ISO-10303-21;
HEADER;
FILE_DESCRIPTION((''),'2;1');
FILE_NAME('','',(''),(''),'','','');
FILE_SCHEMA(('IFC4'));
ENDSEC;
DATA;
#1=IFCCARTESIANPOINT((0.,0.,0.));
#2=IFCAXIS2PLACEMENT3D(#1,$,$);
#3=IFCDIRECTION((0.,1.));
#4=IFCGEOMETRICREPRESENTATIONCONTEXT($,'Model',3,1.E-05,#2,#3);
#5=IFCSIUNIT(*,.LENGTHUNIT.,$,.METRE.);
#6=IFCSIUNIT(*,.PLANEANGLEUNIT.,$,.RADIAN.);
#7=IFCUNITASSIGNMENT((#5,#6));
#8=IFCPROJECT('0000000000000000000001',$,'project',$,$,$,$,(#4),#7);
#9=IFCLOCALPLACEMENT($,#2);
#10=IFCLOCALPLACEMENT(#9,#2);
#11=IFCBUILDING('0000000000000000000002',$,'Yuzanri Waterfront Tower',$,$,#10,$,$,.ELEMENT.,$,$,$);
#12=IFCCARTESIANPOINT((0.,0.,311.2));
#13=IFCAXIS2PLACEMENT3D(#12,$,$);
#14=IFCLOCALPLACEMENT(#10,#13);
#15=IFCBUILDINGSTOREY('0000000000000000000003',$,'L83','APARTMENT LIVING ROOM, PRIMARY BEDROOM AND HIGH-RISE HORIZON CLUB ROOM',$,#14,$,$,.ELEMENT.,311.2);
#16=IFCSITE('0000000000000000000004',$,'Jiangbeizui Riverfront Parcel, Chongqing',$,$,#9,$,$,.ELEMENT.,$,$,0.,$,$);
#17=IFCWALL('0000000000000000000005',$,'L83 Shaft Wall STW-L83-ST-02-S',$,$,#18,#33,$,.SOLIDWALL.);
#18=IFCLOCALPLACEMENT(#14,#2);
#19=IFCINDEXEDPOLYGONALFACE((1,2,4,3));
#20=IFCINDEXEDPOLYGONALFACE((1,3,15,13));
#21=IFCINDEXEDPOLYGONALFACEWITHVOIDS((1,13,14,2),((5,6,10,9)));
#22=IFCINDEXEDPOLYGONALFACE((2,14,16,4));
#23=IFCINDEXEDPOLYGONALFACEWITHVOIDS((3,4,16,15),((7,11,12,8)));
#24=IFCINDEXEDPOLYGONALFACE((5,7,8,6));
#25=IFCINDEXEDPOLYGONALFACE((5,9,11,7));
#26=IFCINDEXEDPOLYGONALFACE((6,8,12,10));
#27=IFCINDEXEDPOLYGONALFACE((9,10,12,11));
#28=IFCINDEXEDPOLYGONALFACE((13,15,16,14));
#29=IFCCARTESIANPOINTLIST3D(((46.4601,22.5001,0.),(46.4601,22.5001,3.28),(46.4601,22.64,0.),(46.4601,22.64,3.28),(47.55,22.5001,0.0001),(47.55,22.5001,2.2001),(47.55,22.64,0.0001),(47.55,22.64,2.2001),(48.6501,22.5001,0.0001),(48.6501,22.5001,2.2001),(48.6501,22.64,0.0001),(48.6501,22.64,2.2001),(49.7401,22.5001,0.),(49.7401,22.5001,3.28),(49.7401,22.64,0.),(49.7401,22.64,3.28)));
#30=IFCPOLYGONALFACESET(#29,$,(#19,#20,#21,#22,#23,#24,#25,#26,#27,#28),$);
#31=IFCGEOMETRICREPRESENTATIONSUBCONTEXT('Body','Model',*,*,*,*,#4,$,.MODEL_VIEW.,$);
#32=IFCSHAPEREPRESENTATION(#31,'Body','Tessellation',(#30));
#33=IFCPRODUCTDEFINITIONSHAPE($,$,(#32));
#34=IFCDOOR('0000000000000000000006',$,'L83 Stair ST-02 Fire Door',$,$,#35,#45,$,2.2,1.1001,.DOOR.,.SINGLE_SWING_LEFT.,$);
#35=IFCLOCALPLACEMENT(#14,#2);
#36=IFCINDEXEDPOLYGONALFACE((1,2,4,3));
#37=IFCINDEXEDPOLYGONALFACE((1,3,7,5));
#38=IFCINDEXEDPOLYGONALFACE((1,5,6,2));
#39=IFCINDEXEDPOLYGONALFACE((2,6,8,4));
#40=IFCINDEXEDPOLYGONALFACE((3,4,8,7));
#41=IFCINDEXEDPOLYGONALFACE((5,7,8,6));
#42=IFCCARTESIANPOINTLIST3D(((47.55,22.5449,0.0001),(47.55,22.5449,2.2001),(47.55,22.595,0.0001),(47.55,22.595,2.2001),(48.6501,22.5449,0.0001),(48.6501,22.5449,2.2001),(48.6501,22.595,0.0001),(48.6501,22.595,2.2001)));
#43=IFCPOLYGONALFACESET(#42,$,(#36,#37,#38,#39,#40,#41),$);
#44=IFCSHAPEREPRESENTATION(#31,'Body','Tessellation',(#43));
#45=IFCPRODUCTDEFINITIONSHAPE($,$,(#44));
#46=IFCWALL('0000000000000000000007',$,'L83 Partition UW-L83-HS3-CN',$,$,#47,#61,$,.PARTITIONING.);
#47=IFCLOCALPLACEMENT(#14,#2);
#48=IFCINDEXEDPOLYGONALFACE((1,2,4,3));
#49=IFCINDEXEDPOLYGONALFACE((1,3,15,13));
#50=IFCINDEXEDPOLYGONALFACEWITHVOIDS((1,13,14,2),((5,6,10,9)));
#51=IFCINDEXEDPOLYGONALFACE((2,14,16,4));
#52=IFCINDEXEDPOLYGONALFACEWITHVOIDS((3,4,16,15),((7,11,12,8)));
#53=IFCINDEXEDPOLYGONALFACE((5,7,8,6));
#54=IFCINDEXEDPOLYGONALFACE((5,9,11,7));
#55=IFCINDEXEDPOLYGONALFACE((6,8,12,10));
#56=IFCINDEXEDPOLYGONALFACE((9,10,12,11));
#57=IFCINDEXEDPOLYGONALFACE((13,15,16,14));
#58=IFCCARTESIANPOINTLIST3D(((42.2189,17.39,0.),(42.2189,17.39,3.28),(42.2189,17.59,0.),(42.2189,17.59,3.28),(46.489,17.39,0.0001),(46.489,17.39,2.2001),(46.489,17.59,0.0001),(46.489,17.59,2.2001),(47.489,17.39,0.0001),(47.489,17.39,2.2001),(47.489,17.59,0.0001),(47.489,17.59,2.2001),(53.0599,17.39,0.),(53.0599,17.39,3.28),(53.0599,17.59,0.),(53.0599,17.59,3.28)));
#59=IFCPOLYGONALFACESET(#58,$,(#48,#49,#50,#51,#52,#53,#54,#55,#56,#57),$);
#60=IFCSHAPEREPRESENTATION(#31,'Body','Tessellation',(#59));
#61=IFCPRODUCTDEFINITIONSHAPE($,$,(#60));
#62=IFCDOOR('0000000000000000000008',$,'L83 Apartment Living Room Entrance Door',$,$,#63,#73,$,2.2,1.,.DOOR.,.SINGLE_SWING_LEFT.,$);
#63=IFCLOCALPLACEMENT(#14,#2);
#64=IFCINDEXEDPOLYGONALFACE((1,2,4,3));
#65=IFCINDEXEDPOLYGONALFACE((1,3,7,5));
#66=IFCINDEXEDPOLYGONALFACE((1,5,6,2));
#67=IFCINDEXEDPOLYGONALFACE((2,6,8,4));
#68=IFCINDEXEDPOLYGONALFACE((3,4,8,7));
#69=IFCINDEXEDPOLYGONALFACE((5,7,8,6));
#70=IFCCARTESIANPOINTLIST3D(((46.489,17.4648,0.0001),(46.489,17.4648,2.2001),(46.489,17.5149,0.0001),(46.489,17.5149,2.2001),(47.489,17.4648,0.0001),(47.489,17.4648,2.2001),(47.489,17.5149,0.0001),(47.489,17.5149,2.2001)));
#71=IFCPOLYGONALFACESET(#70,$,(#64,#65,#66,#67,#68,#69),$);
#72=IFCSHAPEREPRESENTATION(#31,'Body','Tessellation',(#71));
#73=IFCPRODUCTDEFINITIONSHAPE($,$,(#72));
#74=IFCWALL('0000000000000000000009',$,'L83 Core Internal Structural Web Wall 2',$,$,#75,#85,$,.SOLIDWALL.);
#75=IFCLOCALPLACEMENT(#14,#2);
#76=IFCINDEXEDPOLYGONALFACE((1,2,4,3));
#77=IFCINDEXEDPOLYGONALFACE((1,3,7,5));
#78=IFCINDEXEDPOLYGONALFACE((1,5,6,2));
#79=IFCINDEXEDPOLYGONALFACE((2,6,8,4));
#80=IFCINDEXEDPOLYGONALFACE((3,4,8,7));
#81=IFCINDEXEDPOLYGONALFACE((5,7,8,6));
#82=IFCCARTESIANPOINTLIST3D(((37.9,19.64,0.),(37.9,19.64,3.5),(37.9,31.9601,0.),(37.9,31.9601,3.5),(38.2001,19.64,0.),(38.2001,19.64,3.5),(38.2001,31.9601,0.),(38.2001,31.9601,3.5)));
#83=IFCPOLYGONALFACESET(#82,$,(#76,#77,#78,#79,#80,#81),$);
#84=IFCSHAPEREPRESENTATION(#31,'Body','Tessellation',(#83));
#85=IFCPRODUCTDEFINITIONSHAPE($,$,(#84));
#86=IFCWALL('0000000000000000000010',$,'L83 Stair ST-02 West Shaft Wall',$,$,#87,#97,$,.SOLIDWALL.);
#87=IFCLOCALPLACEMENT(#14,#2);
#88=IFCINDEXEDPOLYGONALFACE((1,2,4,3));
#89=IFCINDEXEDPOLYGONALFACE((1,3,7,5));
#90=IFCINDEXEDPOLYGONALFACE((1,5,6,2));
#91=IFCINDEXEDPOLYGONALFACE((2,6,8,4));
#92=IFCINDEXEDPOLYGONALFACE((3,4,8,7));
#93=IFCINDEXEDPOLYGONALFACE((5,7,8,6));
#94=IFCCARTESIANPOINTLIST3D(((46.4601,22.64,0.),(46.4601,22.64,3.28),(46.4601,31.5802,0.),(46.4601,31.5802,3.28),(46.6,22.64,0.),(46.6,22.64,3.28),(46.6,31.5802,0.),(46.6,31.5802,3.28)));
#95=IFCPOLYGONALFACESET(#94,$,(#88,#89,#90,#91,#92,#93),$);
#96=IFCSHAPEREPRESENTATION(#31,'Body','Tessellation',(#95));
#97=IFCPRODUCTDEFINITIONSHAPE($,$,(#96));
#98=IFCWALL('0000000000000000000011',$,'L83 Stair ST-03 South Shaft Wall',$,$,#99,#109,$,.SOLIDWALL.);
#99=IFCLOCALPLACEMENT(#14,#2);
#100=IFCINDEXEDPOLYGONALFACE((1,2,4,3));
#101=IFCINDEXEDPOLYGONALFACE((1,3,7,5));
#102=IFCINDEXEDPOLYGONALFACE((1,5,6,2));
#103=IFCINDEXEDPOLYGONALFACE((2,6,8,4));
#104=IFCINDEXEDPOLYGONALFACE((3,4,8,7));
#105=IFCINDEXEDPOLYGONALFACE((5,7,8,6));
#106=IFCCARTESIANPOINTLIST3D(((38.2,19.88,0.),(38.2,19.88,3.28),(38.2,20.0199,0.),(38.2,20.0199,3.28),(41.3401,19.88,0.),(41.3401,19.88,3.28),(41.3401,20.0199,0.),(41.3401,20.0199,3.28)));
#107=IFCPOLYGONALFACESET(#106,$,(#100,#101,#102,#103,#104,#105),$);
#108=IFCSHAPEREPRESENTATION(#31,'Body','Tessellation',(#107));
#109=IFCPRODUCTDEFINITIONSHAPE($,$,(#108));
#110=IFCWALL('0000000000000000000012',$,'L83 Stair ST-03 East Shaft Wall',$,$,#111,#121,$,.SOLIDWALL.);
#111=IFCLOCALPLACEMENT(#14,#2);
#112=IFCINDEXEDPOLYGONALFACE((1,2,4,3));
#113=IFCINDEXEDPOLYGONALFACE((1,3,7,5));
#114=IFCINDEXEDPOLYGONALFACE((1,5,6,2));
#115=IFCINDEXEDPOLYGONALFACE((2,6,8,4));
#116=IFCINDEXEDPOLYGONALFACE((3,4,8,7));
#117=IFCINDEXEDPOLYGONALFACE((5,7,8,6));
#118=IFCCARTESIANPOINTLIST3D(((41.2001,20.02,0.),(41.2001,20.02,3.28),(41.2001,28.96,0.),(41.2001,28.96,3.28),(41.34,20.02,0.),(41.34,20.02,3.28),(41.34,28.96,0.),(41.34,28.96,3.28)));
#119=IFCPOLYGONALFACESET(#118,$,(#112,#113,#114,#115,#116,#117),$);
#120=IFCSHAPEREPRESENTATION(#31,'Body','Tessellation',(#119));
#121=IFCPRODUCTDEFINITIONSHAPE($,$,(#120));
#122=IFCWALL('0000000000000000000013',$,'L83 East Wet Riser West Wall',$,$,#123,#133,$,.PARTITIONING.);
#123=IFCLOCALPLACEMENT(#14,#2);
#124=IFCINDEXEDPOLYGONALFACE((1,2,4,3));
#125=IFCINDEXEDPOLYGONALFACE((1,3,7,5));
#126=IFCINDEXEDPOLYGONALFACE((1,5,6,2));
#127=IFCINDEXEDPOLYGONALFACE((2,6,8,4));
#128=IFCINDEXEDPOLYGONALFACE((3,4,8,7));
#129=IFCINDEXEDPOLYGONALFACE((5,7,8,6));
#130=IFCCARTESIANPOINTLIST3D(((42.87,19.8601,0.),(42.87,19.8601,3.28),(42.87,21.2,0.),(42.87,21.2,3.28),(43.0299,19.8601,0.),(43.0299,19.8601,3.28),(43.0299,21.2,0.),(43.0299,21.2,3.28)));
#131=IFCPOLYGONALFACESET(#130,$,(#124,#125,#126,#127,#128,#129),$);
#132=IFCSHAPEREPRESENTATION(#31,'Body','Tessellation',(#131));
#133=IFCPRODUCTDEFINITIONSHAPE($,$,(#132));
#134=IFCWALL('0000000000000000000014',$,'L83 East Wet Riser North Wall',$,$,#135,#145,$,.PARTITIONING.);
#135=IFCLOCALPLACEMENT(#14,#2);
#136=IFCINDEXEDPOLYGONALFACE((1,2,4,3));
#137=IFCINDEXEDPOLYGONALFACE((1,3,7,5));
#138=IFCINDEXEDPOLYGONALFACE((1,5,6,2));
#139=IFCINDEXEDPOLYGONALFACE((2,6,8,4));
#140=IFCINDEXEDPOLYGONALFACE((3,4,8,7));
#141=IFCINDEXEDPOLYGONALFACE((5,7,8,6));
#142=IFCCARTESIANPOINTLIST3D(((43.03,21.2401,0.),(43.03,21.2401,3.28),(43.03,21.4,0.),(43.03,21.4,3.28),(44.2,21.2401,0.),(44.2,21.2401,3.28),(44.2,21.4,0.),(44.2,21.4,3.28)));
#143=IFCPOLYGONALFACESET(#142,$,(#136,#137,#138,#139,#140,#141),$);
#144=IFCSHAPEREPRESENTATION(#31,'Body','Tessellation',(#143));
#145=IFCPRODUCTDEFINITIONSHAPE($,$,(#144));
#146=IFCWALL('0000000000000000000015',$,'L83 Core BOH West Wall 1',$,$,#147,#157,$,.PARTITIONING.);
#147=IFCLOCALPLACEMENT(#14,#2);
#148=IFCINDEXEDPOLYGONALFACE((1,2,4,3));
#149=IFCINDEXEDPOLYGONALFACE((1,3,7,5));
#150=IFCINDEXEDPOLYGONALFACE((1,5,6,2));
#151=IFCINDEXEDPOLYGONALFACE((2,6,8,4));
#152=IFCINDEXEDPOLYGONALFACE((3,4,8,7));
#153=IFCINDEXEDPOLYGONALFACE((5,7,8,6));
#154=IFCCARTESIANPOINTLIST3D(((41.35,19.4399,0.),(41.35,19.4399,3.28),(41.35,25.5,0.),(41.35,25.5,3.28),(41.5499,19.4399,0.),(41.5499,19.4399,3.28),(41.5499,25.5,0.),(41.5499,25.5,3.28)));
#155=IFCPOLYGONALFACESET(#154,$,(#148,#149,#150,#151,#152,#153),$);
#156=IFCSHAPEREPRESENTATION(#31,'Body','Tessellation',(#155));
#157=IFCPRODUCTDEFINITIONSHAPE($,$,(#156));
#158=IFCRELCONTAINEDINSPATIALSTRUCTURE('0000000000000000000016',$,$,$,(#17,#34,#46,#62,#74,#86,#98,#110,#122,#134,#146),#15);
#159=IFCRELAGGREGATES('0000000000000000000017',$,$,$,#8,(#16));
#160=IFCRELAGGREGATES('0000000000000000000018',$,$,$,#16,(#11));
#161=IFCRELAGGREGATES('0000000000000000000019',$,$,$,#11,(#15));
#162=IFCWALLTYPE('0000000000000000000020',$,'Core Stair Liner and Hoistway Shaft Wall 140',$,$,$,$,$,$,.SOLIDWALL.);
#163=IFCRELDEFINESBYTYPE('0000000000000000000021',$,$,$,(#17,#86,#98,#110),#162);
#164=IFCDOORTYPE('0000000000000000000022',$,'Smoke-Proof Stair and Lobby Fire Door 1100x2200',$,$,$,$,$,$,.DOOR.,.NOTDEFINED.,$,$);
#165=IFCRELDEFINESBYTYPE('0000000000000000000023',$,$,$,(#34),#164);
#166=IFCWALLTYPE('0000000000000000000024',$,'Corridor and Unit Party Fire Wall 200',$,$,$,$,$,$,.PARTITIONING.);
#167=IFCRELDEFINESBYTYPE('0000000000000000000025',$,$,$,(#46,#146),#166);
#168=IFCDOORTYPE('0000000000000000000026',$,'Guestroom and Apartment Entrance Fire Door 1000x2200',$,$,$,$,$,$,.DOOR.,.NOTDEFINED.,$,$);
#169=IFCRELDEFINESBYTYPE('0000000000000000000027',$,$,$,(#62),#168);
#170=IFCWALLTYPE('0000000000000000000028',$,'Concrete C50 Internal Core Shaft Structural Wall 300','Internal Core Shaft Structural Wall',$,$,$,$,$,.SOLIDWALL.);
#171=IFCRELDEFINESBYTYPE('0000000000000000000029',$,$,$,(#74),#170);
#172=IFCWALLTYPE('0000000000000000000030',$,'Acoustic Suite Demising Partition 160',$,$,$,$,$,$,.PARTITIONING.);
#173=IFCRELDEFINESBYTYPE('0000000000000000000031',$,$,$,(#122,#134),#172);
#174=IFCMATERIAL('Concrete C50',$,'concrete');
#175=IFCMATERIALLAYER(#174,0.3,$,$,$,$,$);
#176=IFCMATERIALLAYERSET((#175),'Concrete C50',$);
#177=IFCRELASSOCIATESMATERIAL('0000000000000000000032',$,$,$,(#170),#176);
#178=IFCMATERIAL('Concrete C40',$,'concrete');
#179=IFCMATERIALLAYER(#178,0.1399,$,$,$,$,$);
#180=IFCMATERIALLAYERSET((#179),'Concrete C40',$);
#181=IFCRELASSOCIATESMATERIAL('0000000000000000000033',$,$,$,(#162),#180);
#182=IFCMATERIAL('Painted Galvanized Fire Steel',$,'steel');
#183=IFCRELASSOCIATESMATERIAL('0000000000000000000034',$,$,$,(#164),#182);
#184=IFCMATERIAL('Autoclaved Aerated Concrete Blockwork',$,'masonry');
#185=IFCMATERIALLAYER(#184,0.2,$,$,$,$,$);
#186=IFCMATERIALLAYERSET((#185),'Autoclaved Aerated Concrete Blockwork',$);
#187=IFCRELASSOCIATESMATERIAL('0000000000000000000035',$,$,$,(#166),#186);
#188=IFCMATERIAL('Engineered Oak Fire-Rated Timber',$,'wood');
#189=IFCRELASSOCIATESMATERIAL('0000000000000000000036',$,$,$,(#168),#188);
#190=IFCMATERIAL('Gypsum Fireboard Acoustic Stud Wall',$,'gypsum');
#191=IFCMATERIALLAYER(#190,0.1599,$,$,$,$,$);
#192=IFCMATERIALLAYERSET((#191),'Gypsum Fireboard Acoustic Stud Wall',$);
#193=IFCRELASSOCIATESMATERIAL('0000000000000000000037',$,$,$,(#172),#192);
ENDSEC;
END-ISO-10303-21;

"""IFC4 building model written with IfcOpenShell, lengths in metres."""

from ifc_helpers import new_model, si_unit, direction, frame, frame_2d, origin, place, context, subcontext, project, spatial, rectangle, extrude, source, transform, mapped, material, layer, layer_set, type_object, element, fill, save


model = new_model("IFC4")

# Units and contexts
model_context = context("Model", 3, precision=1e-05, world=origin(), true_north=direction((0.0, 1.0)))
body_context = subcontext(model_context, "Body", "Model", "MODEL_VIEW")
ifc_project = project(units=[si_unit("LENGTHUNIT", "METRE"), si_unit("PLANEANGLEUNIT", "RADIAN")], contexts=[model_context])

# Site, building, storey
site_placement = place(None, origin())
site = spatial("IfcSite", under=ifc_project, at=site_placement, Name="Jiangbeizui Riverfront Parcel, Chongqing", CompositionType="ELEMENT", RefElevation=0.0)
building_placement = place(site_placement, origin())
building = spatial("IfcBuilding", under=site, at=building_placement, Name="Yuzanri Waterfront Tower", CompositionType="ELEMENT")
storey_placement = place(building_placement, frame((0.0, 0.0, 311.2)))
storey = spatial("IfcBuildingStorey", under=building, at=storey_placement, Name="L83", Description="APARTMENT LIVING ROOM, PRIMARY BEDROOM AND HIGH-RISE HORIZON CLUB ROOM", CompositionType="ELEMENT", Elevation=311.2)

# Shared definitions
ifc_material_1 = material(Name="Concrete C50", Category="concrete")
ifc_layer_1 = layer(ifc_material_1, 0.3)
ifc_layer_set_1 = layer_set([ifc_layer_1], Name="Concrete C50")
wall_type_1 = type_object("IfcWallType", Name="Concrete C50 Internal Core Shaft Structural Wall 300", Description="Internal Core Shaft Structural Wall", PredefinedType="SOLIDWALL", material=ifc_layer_set_1)

# Walls, openings, doors
ifc_material_2 = material(Name="Concrete C40", Category="concrete")
ifc_layer_2 = layer(ifc_material_2, 0.1399)
ifc_layer_set_2 = layer_set([ifc_layer_2], Name="Concrete C40")
wall_type_2 = type_object("IfcWallType", Name="Core Stair Liner and Hoistway Shaft Wall 140", PredefinedType="SOLIDWALL", material=ifc_layer_set_2)
wall_1_placement = place(storey_placement, frame((46.46, 22.5701, 0.0), z_axis=(0.0, 0.0, 1.0), x_axis=(1.0, 0.0, 0.0)))
wall_1 = element("IfcWall", 1, at=wall_1_placement, inside=storey, type_object=wall_type_2, Name="L83 Shaft Wall STW-L83-ST-02-S", PredefinedType="SOLIDWALL", context=body_context, shape_type="SweptSolid", body=[
    extrude(rectangle(XDim=3.28, YDim=0.1399, at=frame_2d((1.6401, 0.0))), origin(), (0.0, 0.0, 1.0), 3.28),
])
opening_1_placement = place(wall_1_placement, frame((1.0901, 0.0, 0.0)))
opening_1 = element("IfcOpeningElement", 2, at=opening_1_placement, cuts=wall_1, PredefinedType="OPENING", context=body_context, shape_type="SweptSolid", body=[
    extrude(rectangle(XDim=1.1001, YDim=2.2, at=frame_2d((0.55, 1.1001))), frame((0.0, 0.085, 0.0), z_axis=(0.0, -1.0, 0.0), x_axis=(1.0, 0.0, 0.0)), (0.0, 0.0, 1.0), 0.1697),
])
ifc_material_3 = material(Name="Painted Galvanized Fire Steel", Category="steel")
door_type_1 = type_object("IfcDoorType", Name="Smoke-Proof Stair and Lobby Fire Door 1100x2200", OperationType="NOTDEFINED", PredefinedType="DOOR", material=ifc_material_3)
shared_shape_1 = source(origin(), body_context, "Body", "SweptSolid", [
    extrude(rectangle(XDim=1.1001, YDim=2.2, at=frame_2d((0.55, 1.1001))), frame((0.0, 0.0249, 0.0), z_axis=(0.0, -1.0, 0.0), x_axis=(1.0, 0.0, 0.0)), (0.0, 0.0, 1.0), 0.05),
])
door_1_placement = place(opening_1_placement, origin())
door_1 = element("IfcDoor", 3, at=door_1_placement, inside=storey, type_object=door_type_1, Name="L83 Stair ST-02 Fire Door", OperationType="SINGLE_SWING_LEFT", OverallHeight=2.2, OverallWidth=1.1001, PredefinedType="DOOR", context=body_context, shape_type="MappedRepresentation", body=[
    mapped(shared_shape_1, transform((0.0, 0.0, 0.0), scale=1.0)),
])
fill(opening_1, door_1)
ifc_material_4 = material(Name="Autoclaved Aerated Concrete Blockwork", Category="masonry")
ifc_layer_3 = layer(ifc_material_4, 0.2)
ifc_layer_set_3 = layer_set([ifc_layer_3], Name="Autoclaved Aerated Concrete Blockwork")
wall_type_3 = type_object("IfcWallType", Name="Corridor and Unit Party Fire Wall 200", PredefinedType="PARTITIONING", material=ifc_layer_set_3)
wall_2_placement = place(storey_placement, frame((42.219, 17.49, 0.0), z_axis=(0.0, 0.0, 1.0), x_axis=(1.0, 0.0, 0.0)))
wall_2 = element("IfcWall", 4, at=wall_2_placement, inside=storey, type_object=wall_type_3, Name="L83 Partition UW-L83-HS3-CN", PredefinedType="PARTITIONING", context=body_context, shape_type="SweptSolid", body=[
    extrude(rectangle(XDim=10.8411, YDim=0.2, at=frame_2d((5.4204, 0.0))), origin(), (0.0, 0.0, 1.0), 3.28),
])
opening_2_placement = place(wall_2_placement, frame((4.27, 0.0, 0.0)))
opening_2 = element("IfcOpeningElement", 5, at=opening_2_placement, cuts=wall_2, PredefinedType="OPENING", context=body_context, shape_type="SweptSolid", body=[
    extrude(rectangle(XDim=1.0, YDim=2.2, at=frame_2d((0.5, 1.1001))), frame((0.0, 0.1147, 0.0), z_axis=(0.0, -1.0, 0.0), x_axis=(1.0, 0.0, 0.0)), (0.0, 0.0, 1.0), 0.2297),
])
ifc_material_5 = material(Name="Engineered Oak Fire-Rated Timber", Category="wood")
door_type_2 = type_object("IfcDoorType", Name="Guestroom and Apartment Entrance Fire Door 1000x2200", OperationType="NOTDEFINED", PredefinedType="DOOR", material=ifc_material_5)
shared_shape_2 = source(origin(), body_context, "Body", "SweptSolid", [
    extrude(rectangle(XDim=1.0, YDim=2.2, at=frame_2d((0.5, 1.1001))), frame((0.0, 0.0249, 0.0), z_axis=(0.0, -1.0, 0.0), x_axis=(1.0, 0.0, 0.0)), (0.0, 0.0, 1.0), 0.05),
])
door_2_placement = place(opening_2_placement, origin())
door_2 = element("IfcDoor", 6, at=door_2_placement, inside=storey, type_object=door_type_2, Name="L83 Apartment Living Room Entrance Door", OperationType="SINGLE_SWING_LEFT", OverallHeight=2.2, OverallWidth=1.0, PredefinedType="DOOR", context=body_context, shape_type="MappedRepresentation", body=[
    mapped(shared_shape_2, transform((0.0, 0.0, 0.0), scale=1.0)),
])
fill(opening_2, door_2)

# Walls
shared_shape_3 = source(origin(), body_context, "Body", "SweptSolid", [
    extrude(rectangle(XDim=12.3201, YDim=0.3, at=frame_2d((6.1602, 0.0))), origin(), (0.0, 0.0, 1.0), 3.5),
])
wall_3_placement = place(storey_placement, frame((38.05, 19.6399, 0.0), z_axis=(0.0, 0.0, 1.0), x_axis=(0.0, 1.0, 0.0)))
element("IfcWall", 7, at=wall_3_placement, inside=storey, type_object=wall_type_1, Name="L83 Core Internal Structural Web Wall 2", PredefinedType="SOLIDWALL", context=body_context, shape_type="MappedRepresentation", body=[
    mapped(shared_shape_3, transform((0.0, 0.0, 0.0), scale=1.0)),
])
shared_shape_4 = source(origin(), body_context, "Body", "SweptSolid", [
    extrude(rectangle(XDim=8.9402, YDim=0.1399, at=frame_2d((4.4702, 0.0))), origin(), (0.0, 0.0, 1.0), 3.28),
])
wall_4_placement = place(storey_placement, frame((46.53, 22.6399, 0.0), z_axis=(0.0, 0.0, 1.0), x_axis=(0.0, 1.0, 0.0)))
element("IfcWall", 8, at=wall_4_placement, inside=storey, type_object=wall_type_2, Name="L83 Stair ST-02 West Shaft Wall", PredefinedType="SOLIDWALL", context=body_context, shape_type="MappedRepresentation", body=[
    mapped(shared_shape_4, transform((0.0, 0.0, 0.0), scale=1.0)),
])
shared_shape_5 = source(origin(), body_context, "Body", "SweptSolid", [
    extrude(rectangle(XDim=3.1401, YDim=0.1399, at=frame_2d((1.5701, 0.0))), origin(), (0.0, 0.0, 1.0), 3.28),
])
wall_5_placement = place(storey_placement, frame((38.2, 19.95, 0.0), z_axis=(0.0, 0.0, 1.0), x_axis=(1.0, 0.0, 0.0)))
element("IfcWall", 9, at=wall_5_placement, inside=storey, type_object=wall_type_2, Name="L83 Stair ST-03 South Shaft Wall", PredefinedType="SOLIDWALL", context=body_context, shape_type="MappedRepresentation", body=[
    mapped(shared_shape_5, transform((0.0, 0.0, 0.0), scale=1.0)),
])
shared_shape_6 = source(origin(), body_context, "Body", "SweptSolid", [
    extrude(rectangle(XDim=8.9399, YDim=0.1399, at=frame_2d((4.47, 0.0))), origin(), (0.0, 0.0, 1.0), 3.28),
])
wall_6_placement = place(storey_placement, frame((41.27, 20.02, 0.0), z_axis=(0.0, 0.0, 1.0), x_axis=(0.0, 1.0, 0.0)))
element("IfcWall", 10, at=wall_6_placement, inside=storey, type_object=wall_type_2, Name="L83 Stair ST-03 East Shaft Wall", PredefinedType="SOLIDWALL", context=body_context, shape_type="MappedRepresentation", body=[
    mapped(shared_shape_6, transform((0.0, 0.0, 0.0), scale=1.0)),
])
ifc_material_6 = material(Name="Gypsum Fireboard Acoustic Stud Wall", Category="gypsum")
ifc_layer_4 = layer(ifc_material_6, 0.1599)
ifc_layer_set_4 = layer_set([ifc_layer_4], Name="Gypsum Fireboard Acoustic Stud Wall")
wall_type_4 = type_object("IfcWallType", Name="Acoustic Suite Demising Partition 160", PredefinedType="PARTITIONING", material=ifc_layer_set_4)
shared_shape_7 = source(origin(), body_context, "Body", "SweptSolid", [
    extrude(rectangle(XDim=1.3398, YDim=0.1599, at=frame_2d((0.6699, 0.0))), origin(), (0.0, 0.0, 1.0), 3.28),
])
wall_7_placement = place(storey_placement, frame((42.95, 19.8601, 0.0), z_axis=(0.0, 0.0, 1.0), x_axis=(0.0, 1.0, 0.0)))
element("IfcWall", 11, at=wall_7_placement, inside=storey, type_object=wall_type_4, Name="L83 East Wet Riser West Wall", PredefinedType="PARTITIONING", context=body_context, shape_type="MappedRepresentation", body=[
    mapped(shared_shape_7, transform((0.0, 0.0, 0.0), scale=1.0)),
])
shared_shape_8 = source(origin(), body_context, "Body", "SweptSolid", [
    extrude(rectangle(XDim=1.1699, YDim=0.1599, at=frame_2d((0.585, 0.0))), origin(), (0.0, 0.0, 1.0), 3.28),
])
wall_8_placement = place(storey_placement, frame((43.03, 21.3201, 0.0), z_axis=(0.0, 0.0, 1.0), x_axis=(1.0, 0.0, 0.0)))
element("IfcWall", 12, at=wall_8_placement, inside=storey, type_object=wall_type_4, Name="L83 East Wet Riser North Wall", PredefinedType="PARTITIONING", context=body_context, shape_type="MappedRepresentation", body=[
    mapped(shared_shape_8, transform((0.0, 0.0, 0.0), scale=1.0)),
])
shared_shape_9 = source(origin(), body_context, "Body", "SweptSolid", [
    extrude(rectangle(XDim=6.0601, YDim=0.2, at=frame_2d((3.03, 0.0))), origin(), (0.0, 0.0, 1.0), 3.28),
])
wall_9_placement = place(storey_placement, frame((41.45, 19.4399, 0.0), z_axis=(0.0, 0.0, 1.0), x_axis=(0.0, 1.0, 0.0)))
element("IfcWall", 13, at=wall_9_placement, inside=storey, type_object=wall_type_3, Name="L83 Core BOH West Wall 1", PredefinedType="PARTITIONING", context=body_context, shape_type="MappedRepresentation", body=[
    mapped(shared_shape_9, transform((0.0, 0.0, 0.0), scale=1.0)),
])

save(model, "model.ifc")
